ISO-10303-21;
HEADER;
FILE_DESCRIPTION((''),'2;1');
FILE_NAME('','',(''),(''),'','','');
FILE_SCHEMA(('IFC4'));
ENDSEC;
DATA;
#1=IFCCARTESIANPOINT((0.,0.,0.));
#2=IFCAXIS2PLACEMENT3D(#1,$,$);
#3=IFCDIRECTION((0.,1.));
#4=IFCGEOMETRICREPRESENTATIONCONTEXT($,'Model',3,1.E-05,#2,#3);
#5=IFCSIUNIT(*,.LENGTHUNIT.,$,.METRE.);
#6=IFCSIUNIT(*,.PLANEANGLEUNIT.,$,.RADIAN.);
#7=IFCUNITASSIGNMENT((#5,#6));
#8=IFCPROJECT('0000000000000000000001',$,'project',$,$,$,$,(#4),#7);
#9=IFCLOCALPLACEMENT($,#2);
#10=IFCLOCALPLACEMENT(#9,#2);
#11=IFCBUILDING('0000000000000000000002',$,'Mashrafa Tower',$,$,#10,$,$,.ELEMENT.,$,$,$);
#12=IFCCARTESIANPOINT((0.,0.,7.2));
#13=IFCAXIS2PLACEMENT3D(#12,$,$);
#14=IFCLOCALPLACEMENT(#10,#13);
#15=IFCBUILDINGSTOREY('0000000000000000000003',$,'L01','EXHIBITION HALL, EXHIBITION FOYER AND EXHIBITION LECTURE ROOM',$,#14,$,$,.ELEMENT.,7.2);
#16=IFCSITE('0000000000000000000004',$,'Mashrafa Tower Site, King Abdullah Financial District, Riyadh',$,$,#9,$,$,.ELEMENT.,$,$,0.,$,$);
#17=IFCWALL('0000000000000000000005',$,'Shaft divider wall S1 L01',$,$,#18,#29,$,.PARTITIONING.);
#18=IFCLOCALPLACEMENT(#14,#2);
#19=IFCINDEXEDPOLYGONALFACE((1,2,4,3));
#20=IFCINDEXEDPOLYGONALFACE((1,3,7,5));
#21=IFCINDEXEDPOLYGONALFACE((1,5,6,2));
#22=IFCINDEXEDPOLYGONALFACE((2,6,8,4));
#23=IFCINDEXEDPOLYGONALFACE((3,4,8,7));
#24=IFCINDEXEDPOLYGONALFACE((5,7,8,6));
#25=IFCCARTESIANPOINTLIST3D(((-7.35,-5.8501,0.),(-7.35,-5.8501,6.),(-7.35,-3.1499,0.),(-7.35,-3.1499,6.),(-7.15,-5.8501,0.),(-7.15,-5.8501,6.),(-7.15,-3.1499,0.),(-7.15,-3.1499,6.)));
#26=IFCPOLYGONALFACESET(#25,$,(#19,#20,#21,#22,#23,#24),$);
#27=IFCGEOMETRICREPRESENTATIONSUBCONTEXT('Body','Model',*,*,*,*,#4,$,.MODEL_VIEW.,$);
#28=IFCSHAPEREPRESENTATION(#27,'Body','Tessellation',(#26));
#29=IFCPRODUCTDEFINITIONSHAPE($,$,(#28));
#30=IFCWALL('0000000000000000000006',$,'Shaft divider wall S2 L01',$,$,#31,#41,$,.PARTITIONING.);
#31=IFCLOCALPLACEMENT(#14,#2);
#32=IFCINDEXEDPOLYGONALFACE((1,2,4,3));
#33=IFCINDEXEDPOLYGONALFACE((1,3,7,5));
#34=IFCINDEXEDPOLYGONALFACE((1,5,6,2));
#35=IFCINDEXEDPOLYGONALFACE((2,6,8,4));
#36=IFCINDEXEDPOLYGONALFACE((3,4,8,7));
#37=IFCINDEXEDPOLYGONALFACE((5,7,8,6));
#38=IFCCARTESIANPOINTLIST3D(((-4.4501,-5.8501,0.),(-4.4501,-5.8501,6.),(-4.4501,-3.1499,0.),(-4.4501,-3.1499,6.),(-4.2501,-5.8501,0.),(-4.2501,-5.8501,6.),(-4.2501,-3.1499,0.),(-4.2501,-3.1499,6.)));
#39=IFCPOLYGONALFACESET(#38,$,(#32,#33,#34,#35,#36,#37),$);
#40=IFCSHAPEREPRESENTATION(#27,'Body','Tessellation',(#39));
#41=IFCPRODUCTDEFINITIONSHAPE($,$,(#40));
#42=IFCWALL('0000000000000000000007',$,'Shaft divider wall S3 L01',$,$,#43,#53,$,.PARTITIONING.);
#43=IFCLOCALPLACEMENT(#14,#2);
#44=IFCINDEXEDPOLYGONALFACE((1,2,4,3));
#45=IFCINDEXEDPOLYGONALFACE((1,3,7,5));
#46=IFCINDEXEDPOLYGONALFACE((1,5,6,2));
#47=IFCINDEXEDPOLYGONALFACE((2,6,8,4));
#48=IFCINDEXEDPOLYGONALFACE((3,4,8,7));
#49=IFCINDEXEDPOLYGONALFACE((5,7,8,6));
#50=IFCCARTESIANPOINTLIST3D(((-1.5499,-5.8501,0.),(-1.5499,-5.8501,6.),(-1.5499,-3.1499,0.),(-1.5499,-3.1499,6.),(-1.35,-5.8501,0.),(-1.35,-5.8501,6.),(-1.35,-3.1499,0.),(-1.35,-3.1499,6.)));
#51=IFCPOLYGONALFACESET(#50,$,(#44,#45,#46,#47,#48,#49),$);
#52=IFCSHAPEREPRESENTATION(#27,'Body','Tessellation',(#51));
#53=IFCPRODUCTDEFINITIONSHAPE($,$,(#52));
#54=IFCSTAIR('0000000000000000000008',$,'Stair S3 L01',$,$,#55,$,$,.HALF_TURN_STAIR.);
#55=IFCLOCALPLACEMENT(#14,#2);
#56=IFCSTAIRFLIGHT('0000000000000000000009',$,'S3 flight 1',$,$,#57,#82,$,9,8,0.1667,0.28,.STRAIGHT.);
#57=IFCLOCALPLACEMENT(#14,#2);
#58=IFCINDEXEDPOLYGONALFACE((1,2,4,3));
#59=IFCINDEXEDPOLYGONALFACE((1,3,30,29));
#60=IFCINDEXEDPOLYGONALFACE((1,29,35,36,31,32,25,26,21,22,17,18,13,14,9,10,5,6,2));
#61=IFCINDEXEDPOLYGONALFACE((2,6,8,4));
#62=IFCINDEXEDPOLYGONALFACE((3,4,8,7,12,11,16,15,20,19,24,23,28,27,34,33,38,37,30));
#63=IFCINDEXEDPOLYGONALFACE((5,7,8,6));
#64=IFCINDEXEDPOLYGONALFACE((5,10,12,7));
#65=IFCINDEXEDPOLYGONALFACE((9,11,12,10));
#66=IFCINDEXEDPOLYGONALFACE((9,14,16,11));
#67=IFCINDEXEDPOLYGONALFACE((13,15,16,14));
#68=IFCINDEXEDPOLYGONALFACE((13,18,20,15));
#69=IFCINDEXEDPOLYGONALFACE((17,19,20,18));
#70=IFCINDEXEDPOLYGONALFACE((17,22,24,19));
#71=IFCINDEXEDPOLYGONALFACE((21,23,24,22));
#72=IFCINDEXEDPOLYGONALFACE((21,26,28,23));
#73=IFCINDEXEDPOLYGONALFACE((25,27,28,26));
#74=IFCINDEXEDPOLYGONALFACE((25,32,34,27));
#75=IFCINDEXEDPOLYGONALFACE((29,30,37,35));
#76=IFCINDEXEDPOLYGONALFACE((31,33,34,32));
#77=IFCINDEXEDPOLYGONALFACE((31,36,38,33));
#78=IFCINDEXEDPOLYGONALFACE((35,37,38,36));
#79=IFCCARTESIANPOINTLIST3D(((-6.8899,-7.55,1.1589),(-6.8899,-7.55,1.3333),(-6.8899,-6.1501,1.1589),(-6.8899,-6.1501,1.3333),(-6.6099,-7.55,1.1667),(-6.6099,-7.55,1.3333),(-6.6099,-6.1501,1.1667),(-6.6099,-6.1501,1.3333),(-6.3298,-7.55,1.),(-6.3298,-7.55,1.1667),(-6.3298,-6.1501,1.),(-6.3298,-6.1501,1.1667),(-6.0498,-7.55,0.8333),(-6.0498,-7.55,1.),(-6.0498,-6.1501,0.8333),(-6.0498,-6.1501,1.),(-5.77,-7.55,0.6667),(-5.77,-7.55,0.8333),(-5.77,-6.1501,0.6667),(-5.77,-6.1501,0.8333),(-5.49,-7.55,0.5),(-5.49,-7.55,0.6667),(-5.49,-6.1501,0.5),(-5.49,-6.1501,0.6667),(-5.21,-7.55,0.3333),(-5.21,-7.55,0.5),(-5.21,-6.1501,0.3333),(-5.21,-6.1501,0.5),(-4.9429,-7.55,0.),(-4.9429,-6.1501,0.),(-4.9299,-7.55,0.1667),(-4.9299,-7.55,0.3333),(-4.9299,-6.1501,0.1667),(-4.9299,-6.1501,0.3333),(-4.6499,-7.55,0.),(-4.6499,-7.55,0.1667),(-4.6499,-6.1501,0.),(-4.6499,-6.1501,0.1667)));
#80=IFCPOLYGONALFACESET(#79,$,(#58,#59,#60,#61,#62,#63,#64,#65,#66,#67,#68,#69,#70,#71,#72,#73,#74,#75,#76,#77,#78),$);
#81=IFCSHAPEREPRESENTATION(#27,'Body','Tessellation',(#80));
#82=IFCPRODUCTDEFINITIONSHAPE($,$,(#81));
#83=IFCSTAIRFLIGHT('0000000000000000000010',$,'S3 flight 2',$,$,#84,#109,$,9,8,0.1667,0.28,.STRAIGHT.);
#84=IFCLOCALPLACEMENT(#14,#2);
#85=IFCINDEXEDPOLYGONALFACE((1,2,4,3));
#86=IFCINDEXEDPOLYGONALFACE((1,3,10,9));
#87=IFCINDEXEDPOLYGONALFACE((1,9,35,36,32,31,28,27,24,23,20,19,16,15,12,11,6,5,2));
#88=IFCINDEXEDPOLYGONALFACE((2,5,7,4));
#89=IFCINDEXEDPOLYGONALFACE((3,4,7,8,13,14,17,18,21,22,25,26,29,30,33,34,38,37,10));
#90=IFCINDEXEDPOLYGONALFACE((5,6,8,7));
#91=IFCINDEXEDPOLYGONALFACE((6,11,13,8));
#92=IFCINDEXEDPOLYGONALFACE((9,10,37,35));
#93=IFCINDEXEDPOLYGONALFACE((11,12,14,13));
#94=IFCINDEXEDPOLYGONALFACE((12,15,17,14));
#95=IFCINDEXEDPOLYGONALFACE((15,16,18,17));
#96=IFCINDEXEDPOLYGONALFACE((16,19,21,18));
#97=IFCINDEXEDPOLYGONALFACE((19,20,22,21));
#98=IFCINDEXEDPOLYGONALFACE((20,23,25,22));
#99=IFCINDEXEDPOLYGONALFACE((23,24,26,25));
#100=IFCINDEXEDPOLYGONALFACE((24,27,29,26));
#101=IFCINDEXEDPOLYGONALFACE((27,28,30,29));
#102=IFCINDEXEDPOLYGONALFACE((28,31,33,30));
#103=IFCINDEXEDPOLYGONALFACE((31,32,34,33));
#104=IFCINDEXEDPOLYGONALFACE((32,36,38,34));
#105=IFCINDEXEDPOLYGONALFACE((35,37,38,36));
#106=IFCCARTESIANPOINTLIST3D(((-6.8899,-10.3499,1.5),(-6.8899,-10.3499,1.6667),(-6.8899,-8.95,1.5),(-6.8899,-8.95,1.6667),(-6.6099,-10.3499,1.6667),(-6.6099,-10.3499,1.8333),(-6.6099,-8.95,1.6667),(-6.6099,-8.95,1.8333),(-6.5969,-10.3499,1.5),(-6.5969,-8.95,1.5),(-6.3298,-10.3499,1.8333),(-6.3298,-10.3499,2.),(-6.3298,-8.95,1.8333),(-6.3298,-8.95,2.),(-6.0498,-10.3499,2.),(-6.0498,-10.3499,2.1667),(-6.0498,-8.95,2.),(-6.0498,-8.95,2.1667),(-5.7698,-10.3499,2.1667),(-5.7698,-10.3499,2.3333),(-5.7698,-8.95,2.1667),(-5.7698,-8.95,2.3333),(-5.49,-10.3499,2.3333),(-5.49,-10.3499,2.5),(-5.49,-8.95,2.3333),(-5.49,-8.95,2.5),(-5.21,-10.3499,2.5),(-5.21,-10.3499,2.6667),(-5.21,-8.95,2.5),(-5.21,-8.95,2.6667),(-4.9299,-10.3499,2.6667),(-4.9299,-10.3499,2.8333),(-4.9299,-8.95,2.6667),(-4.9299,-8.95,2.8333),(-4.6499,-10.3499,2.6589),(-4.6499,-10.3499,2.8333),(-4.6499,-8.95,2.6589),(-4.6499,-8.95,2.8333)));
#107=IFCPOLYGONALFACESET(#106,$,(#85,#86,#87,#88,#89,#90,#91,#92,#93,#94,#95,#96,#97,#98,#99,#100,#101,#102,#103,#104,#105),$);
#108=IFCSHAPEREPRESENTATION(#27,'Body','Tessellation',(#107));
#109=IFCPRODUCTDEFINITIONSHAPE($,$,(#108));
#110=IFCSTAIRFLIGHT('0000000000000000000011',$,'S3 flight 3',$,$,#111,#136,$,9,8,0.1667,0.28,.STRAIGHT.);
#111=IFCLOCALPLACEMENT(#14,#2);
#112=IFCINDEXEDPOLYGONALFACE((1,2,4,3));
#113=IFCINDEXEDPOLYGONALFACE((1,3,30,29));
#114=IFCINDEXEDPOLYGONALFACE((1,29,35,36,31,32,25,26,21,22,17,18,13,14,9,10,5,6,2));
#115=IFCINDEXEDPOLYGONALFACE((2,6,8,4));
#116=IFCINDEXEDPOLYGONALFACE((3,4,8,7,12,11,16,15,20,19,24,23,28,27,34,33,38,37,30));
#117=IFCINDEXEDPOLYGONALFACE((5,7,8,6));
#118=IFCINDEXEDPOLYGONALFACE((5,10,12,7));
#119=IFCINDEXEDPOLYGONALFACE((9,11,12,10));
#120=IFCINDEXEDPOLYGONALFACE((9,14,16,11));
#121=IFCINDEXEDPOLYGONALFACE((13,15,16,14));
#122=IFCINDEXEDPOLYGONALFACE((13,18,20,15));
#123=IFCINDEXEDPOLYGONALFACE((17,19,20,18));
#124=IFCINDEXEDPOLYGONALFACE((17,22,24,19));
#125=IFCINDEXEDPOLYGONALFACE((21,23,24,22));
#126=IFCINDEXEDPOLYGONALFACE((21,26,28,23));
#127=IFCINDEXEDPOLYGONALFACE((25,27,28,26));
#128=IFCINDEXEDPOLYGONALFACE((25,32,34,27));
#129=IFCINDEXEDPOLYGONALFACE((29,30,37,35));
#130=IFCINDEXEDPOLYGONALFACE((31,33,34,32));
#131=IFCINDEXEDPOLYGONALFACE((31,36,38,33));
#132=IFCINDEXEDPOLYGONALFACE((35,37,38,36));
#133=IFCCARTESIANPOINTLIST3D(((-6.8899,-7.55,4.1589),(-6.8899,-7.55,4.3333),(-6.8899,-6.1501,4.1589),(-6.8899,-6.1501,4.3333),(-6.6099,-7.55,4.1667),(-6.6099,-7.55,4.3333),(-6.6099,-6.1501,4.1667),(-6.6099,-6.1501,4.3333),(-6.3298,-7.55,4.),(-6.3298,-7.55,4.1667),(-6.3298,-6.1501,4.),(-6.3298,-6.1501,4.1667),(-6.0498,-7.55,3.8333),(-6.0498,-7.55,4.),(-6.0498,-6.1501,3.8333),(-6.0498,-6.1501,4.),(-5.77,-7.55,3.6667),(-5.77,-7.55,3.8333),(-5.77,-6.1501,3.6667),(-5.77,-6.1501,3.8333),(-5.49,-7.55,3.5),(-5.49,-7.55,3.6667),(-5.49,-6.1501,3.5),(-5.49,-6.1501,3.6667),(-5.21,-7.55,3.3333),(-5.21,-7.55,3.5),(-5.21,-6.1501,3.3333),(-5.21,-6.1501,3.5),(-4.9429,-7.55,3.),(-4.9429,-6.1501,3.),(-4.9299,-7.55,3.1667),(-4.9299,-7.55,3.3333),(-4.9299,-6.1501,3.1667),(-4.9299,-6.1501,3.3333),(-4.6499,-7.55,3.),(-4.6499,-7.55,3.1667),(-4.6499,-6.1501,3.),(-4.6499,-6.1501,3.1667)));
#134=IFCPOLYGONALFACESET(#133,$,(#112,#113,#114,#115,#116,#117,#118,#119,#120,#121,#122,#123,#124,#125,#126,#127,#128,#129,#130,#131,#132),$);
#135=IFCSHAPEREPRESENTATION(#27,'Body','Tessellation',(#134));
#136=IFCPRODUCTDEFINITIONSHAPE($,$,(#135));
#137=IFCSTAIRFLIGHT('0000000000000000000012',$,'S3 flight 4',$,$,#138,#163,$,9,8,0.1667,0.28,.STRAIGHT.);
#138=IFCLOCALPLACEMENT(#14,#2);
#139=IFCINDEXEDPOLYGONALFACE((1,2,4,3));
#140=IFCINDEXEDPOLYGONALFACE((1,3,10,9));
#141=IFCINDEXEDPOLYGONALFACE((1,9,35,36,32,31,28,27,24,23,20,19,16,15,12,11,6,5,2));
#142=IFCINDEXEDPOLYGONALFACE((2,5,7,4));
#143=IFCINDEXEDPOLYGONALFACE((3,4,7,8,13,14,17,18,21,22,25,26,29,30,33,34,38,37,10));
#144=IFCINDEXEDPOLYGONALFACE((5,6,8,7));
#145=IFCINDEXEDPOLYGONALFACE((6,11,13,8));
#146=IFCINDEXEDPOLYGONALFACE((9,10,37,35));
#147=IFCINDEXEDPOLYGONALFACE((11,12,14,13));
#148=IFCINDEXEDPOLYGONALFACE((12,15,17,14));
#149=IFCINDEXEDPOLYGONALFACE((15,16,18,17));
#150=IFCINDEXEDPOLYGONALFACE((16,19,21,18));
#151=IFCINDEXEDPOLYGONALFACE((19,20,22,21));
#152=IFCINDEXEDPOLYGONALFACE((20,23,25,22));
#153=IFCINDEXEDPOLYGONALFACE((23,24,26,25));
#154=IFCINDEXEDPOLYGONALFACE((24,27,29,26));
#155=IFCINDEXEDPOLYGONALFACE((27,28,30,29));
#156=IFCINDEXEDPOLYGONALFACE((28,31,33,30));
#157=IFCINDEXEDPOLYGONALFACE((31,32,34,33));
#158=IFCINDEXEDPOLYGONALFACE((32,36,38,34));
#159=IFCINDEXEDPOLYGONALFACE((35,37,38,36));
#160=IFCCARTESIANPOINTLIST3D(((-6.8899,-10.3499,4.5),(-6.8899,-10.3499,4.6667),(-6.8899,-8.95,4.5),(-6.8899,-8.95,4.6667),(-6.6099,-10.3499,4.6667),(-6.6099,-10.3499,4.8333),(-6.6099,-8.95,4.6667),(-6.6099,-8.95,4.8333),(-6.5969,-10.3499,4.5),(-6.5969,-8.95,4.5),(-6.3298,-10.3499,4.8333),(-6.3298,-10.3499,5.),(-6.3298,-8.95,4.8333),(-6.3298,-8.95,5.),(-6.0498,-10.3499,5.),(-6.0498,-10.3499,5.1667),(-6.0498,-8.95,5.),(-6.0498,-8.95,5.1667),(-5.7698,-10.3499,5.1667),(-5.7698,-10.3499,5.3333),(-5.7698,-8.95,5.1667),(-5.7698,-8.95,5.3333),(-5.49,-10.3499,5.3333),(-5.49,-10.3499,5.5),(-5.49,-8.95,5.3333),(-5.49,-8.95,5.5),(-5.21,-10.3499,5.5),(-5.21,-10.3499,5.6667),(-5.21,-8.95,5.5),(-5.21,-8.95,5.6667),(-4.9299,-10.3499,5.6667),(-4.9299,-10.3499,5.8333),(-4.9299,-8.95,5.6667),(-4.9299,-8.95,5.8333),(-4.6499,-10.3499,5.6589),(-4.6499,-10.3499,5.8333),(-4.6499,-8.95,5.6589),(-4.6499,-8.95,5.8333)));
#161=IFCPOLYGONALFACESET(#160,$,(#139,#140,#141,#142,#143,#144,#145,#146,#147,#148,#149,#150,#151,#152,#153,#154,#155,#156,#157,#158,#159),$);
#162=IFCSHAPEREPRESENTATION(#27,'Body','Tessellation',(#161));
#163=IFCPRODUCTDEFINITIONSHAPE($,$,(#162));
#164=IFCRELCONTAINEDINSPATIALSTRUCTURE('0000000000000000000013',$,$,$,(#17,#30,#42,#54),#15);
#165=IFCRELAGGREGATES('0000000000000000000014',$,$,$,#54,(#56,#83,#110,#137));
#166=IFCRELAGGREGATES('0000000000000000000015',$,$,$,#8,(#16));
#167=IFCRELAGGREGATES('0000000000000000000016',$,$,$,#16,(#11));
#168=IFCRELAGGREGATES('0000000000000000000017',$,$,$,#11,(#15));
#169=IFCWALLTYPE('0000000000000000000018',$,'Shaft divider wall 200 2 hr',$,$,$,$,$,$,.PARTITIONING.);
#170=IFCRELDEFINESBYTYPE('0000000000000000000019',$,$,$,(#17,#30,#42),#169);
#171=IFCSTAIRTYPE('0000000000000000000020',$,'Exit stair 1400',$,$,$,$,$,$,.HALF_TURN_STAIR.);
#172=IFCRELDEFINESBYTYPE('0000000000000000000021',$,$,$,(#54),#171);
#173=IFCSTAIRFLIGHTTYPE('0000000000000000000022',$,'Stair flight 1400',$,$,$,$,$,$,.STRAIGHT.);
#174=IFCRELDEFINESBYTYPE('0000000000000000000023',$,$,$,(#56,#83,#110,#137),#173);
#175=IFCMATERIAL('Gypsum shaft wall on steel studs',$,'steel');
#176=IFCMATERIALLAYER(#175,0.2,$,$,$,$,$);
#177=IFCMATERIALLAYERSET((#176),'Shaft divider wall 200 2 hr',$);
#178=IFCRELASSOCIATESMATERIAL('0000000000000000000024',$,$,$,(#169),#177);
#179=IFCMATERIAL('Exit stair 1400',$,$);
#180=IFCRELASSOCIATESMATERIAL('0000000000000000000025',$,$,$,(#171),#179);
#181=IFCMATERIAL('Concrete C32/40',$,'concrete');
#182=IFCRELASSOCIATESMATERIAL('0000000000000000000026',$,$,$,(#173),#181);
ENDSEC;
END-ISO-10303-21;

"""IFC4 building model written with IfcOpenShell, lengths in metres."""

from ifc_helpers import new_model, si_unit, direction, frame, frame_2d, origin, place, context, subcontext, project, spatial, polyline, rectangle, outline, extrude, material, layer, layer_set, type_object, element, aggregate, save


model = new_model("IFC4")

# Units and contexts
model_context = context("Model", 3, precision=1e-05, world=origin(), true_north=direction((0.0, 1.0)))
body_context = subcontext(model_context, "Body", "Model", "MODEL_VIEW")
ifc_project = project(units=[si_unit("LENGTHUNIT", "METRE"), si_unit("PLANEANGLEUNIT", "RADIAN")], contexts=[model_context])

# Site, building, storey
site_placement = place(None, origin())
site = spatial("IfcSite", under=ifc_project, at=site_placement, Name="Mashrafa Tower Site, King Abdullah Financial District, Riyadh", CompositionType="ELEMENT", RefElevation=0.0)
building_placement = place(site_placement, origin())
building = spatial("IfcBuilding", under=site, at=building_placement, Name="Mashrafa Tower", CompositionType="ELEMENT")
storey_placement = place(building_placement, frame((0.0, 0.0, 7.2)))
storey = spatial("IfcBuildingStorey", under=building, at=storey_placement, Name="L01", Description="EXHIBITION HALL, EXHIBITION FOYER AND EXHIBITION LECTURE ROOM", CompositionType="ELEMENT", Elevation=7.2)

# Walls
ifc_material_1 = material(Name="Gypsum shaft wall on steel studs", Category="steel")
ifc_layer_1 = layer(ifc_material_1, 0.2)
ifc_layer_set_1 = layer_set([ifc_layer_1], Name="Shaft divider wall 200 2 hr")
wall_type_1 = type_object("IfcWallType", Name="Shaft divider wall 200 2 hr", PredefinedType="PARTITIONING", material=ifc_layer_set_1)
for number, where, z_axis, x_axis, name in (
    (1, (-7.25, -5.8501, 0.0), (0.0, 0.0, 1.0), (0.0, 1.0, 0.0), "Shaft divider wall S1 L01"),
    (2, (-4.3501, -5.8501, 0.0), (0.0, 0.0, 1.0), (0.0, 1.0, 0.0), "Shaft divider wall S2 L01"),
    (3, (-1.45, -5.8501, 0.0), (0.0, 0.0, 1.0), (0.0, 1.0, 0.0), "Shaft divider wall S3 L01"),
):
    element("IfcWall", number, at=place(storey_placement, frame(where, z_axis=z_axis, x_axis=x_axis)), inside=storey, type_object=wall_type_1, Name=name, PredefinedType="PARTITIONING", context=body_context, shape_type="SweptSolid", body=[
        extrude(rectangle(XDim=2.7002, YDim=0.2, at=frame_2d((1.3501, 0.0))), origin(), (0.0, 0.0, 1.0), 6.0),
    ])

# Stair, stair flights
ifc_material_2 = material(Name="Exit stair 1400")
stair_type = type_object("IfcStairType", Name="Exit stair 1400", PredefinedType="HALF_TURN_STAIR", material=ifc_material_2)
stair_placement = place(storey_placement, origin())
stair = element("IfcStair", 4, at=stair_placement, inside=storey, type_object=stair_type, Name="Stair S3 L01", PredefinedType="HALF_TURN_STAIR")
ifc_material_3 = material(Name="Concrete C32/40", Category="concrete")
stair_flight_type = type_object("IfcStairFlightType", Name="Stair flight 1400", PredefinedType="STRAIGHT", material=ifc_material_3)
stair_flight_1_placement = place(storey_placement, frame((-4.6499, -6.8501, 0.0), z_axis=(0.0, 0.0, 1.0), x_axis=(-1.0, 0.0, 0.0)))
stair_flight_1 = element("IfcStairFlight", 5, at=stair_flight_1_placement, type_object=stair_flight_type, Name="S3 flight 1", NumberOfRisers=9, NumberOfTreads=8, PredefinedType="STRAIGHT", RiserHeight=0.1667, TreadLength=0.28, context=body_context, shape_type="SweptSolid", body=[
    extrude(outline(polyline([(0.0, 0.0), (0.0, 0.1667), (0.28, 0.1667), (0.28, 0.3333), (0.5601, 0.3333), (0.5601, 0.5), (0.8401, 0.5), (0.8401, 0.6667), (1.1201, 0.6667), (1.1201, 0.8333), (1.3999, 0.8333), (1.3999, 1.0), (1.6799, 1.0), (1.6799, 1.1667), (1.96, 1.1667), (1.96, 1.3333), (2.24, 1.3333), (2.24, 1.5), (2.24, 1.1589), (0.293, 0.0), (0.0, 0.0)])), frame((0.0, 0.7, 0.0), z_axis=(0.0, -1.0, 0.0), x_axis=(1.0, 0.0, 0.0)), (0.0, 0.0, 1.0), 1.3999),
])
stair_flight_2_placement = place(storey_placement, frame((-6.8899, -9.6499, 1.5), z_axis=(0.0, 0.0, 1.0), x_axis=(1.0, 0.0, 0.0)))
stair_flight_2 = element("IfcStairFlight", 6, at=stair_flight_2_placement, type_object=stair_flight_type, Name="S3 flight 2", NumberOfRisers=9, NumberOfTreads=8, PredefinedType="STRAIGHT", RiserHeight=0.1667, TreadLength=0.28, context=body_context, shape_type="SweptSolid", body=[
    extrude(outline(polyline([(0.0, 0.0), (0.0, 0.1667), (0.28, 0.1667), (0.28, 0.3333), (0.5601, 0.3333), (0.5601, 0.5), (0.8401, 0.5), (0.8401, 0.6667), (1.1201, 0.6667), (1.1201, 0.8333), (1.3999, 0.8333), (1.3999, 1.0), (1.6799, 1.0), (1.6799, 1.1667), (1.96, 1.1667), (1.96, 1.3333), (2.24, 1.3333), (2.24, 1.5), (2.24, 1.1589), (0.293, 0.0), (0.0, 0.0)])), frame((0.0, 0.7, 0.0), z_axis=(0.0, -1.0, 0.0), x_axis=(1.0, 0.0, 0.0)), (0.0, 0.0, 1.0), 1.3999),
])
stair_flight_3_placement = place(storey_placement, frame((-4.6499, -6.8501, 3.0), z_axis=(0.0, 0.0, 1.0), x_axis=(-1.0, 0.0, 0.0)))
stair_flight_3 = element("IfcStairFlight", 7, at=stair_flight_3_placement, type_object=stair_flight_type, Name="S3 flight 3", NumberOfRisers=9, NumberOfTreads=8, PredefinedType="STRAIGHT", RiserHeight=0.1667, TreadLength=0.28, context=body_context, shape_type="SweptSolid", body=[
    extrude(outline(polyline([(0.0, 0.0), (0.0, 0.1667), (0.28, 0.1667), (0.28, 0.3333), (0.5601, 0.3333), (0.5601, 0.5), (0.8401, 0.5), (0.8401, 0.6667), (1.1201, 0.6667), (1.1201, 0.8333), (1.3999, 0.8333), (1.3999, 1.0), (1.6799, 1.0), (1.6799, 1.1667), (1.96, 1.1667), (1.96, 1.3333), (2.24, 1.3333), (2.24, 1.5), (2.24, 1.1589), (0.293, 0.0), (0.0, 0.0)])), frame((0.0, 0.7, 0.0), z_axis=(0.0, -1.0, 0.0), x_axis=(1.0, 0.0, 0.0)), (0.0, 0.0, 1.0), 1.3999),
])
stair_flight_4_placement = place(storey_placement, frame((-6.8899, -9.6499, 4.5), z_axis=(0.0, 0.0, 1.0), x_axis=(1.0, 0.0, 0.0)))
stair_flight_4 = element("IfcStairFlight", 8, at=stair_flight_4_placement, type_object=stair_flight_type, Name="S3 flight 4", NumberOfRisers=9, NumberOfTreads=8, PredefinedType="STRAIGHT", RiserHeight=0.1667, TreadLength=0.28, context=body_context, shape_type="SweptSolid", body=[
    extrude(outline(polyline([(0.0, 0.0), (0.0, 0.1667), (0.28, 0.1667), (0.28, 0.3333), (0.5601, 0.3333), (0.5601, 0.5), (0.8401, 0.5), (0.8401, 0.6667), (1.1201, 0.6667), (1.1201, 0.8333), (1.3999, 0.8333), (1.3999, 1.0), (1.6799, 1.0), (1.6799, 1.1667), (1.96, 1.1667), (1.96, 1.3333), (2.24, 1.3333), (2.24, 1.5), (2.24, 1.1589), (0.293, 0.0), (0.0, 0.0)])), frame((0.0, 0.7, 0.0), z_axis=(0.0, -1.0, 0.0), x_axis=(1.0, 0.0, 0.0)), (0.0, 0.0, 1.0), 1.3999),
])
aggregate(stair, [stair_flight_1, stair_flight_2, stair_flight_3, stair_flight_4])

save(model, "model.ifc")
